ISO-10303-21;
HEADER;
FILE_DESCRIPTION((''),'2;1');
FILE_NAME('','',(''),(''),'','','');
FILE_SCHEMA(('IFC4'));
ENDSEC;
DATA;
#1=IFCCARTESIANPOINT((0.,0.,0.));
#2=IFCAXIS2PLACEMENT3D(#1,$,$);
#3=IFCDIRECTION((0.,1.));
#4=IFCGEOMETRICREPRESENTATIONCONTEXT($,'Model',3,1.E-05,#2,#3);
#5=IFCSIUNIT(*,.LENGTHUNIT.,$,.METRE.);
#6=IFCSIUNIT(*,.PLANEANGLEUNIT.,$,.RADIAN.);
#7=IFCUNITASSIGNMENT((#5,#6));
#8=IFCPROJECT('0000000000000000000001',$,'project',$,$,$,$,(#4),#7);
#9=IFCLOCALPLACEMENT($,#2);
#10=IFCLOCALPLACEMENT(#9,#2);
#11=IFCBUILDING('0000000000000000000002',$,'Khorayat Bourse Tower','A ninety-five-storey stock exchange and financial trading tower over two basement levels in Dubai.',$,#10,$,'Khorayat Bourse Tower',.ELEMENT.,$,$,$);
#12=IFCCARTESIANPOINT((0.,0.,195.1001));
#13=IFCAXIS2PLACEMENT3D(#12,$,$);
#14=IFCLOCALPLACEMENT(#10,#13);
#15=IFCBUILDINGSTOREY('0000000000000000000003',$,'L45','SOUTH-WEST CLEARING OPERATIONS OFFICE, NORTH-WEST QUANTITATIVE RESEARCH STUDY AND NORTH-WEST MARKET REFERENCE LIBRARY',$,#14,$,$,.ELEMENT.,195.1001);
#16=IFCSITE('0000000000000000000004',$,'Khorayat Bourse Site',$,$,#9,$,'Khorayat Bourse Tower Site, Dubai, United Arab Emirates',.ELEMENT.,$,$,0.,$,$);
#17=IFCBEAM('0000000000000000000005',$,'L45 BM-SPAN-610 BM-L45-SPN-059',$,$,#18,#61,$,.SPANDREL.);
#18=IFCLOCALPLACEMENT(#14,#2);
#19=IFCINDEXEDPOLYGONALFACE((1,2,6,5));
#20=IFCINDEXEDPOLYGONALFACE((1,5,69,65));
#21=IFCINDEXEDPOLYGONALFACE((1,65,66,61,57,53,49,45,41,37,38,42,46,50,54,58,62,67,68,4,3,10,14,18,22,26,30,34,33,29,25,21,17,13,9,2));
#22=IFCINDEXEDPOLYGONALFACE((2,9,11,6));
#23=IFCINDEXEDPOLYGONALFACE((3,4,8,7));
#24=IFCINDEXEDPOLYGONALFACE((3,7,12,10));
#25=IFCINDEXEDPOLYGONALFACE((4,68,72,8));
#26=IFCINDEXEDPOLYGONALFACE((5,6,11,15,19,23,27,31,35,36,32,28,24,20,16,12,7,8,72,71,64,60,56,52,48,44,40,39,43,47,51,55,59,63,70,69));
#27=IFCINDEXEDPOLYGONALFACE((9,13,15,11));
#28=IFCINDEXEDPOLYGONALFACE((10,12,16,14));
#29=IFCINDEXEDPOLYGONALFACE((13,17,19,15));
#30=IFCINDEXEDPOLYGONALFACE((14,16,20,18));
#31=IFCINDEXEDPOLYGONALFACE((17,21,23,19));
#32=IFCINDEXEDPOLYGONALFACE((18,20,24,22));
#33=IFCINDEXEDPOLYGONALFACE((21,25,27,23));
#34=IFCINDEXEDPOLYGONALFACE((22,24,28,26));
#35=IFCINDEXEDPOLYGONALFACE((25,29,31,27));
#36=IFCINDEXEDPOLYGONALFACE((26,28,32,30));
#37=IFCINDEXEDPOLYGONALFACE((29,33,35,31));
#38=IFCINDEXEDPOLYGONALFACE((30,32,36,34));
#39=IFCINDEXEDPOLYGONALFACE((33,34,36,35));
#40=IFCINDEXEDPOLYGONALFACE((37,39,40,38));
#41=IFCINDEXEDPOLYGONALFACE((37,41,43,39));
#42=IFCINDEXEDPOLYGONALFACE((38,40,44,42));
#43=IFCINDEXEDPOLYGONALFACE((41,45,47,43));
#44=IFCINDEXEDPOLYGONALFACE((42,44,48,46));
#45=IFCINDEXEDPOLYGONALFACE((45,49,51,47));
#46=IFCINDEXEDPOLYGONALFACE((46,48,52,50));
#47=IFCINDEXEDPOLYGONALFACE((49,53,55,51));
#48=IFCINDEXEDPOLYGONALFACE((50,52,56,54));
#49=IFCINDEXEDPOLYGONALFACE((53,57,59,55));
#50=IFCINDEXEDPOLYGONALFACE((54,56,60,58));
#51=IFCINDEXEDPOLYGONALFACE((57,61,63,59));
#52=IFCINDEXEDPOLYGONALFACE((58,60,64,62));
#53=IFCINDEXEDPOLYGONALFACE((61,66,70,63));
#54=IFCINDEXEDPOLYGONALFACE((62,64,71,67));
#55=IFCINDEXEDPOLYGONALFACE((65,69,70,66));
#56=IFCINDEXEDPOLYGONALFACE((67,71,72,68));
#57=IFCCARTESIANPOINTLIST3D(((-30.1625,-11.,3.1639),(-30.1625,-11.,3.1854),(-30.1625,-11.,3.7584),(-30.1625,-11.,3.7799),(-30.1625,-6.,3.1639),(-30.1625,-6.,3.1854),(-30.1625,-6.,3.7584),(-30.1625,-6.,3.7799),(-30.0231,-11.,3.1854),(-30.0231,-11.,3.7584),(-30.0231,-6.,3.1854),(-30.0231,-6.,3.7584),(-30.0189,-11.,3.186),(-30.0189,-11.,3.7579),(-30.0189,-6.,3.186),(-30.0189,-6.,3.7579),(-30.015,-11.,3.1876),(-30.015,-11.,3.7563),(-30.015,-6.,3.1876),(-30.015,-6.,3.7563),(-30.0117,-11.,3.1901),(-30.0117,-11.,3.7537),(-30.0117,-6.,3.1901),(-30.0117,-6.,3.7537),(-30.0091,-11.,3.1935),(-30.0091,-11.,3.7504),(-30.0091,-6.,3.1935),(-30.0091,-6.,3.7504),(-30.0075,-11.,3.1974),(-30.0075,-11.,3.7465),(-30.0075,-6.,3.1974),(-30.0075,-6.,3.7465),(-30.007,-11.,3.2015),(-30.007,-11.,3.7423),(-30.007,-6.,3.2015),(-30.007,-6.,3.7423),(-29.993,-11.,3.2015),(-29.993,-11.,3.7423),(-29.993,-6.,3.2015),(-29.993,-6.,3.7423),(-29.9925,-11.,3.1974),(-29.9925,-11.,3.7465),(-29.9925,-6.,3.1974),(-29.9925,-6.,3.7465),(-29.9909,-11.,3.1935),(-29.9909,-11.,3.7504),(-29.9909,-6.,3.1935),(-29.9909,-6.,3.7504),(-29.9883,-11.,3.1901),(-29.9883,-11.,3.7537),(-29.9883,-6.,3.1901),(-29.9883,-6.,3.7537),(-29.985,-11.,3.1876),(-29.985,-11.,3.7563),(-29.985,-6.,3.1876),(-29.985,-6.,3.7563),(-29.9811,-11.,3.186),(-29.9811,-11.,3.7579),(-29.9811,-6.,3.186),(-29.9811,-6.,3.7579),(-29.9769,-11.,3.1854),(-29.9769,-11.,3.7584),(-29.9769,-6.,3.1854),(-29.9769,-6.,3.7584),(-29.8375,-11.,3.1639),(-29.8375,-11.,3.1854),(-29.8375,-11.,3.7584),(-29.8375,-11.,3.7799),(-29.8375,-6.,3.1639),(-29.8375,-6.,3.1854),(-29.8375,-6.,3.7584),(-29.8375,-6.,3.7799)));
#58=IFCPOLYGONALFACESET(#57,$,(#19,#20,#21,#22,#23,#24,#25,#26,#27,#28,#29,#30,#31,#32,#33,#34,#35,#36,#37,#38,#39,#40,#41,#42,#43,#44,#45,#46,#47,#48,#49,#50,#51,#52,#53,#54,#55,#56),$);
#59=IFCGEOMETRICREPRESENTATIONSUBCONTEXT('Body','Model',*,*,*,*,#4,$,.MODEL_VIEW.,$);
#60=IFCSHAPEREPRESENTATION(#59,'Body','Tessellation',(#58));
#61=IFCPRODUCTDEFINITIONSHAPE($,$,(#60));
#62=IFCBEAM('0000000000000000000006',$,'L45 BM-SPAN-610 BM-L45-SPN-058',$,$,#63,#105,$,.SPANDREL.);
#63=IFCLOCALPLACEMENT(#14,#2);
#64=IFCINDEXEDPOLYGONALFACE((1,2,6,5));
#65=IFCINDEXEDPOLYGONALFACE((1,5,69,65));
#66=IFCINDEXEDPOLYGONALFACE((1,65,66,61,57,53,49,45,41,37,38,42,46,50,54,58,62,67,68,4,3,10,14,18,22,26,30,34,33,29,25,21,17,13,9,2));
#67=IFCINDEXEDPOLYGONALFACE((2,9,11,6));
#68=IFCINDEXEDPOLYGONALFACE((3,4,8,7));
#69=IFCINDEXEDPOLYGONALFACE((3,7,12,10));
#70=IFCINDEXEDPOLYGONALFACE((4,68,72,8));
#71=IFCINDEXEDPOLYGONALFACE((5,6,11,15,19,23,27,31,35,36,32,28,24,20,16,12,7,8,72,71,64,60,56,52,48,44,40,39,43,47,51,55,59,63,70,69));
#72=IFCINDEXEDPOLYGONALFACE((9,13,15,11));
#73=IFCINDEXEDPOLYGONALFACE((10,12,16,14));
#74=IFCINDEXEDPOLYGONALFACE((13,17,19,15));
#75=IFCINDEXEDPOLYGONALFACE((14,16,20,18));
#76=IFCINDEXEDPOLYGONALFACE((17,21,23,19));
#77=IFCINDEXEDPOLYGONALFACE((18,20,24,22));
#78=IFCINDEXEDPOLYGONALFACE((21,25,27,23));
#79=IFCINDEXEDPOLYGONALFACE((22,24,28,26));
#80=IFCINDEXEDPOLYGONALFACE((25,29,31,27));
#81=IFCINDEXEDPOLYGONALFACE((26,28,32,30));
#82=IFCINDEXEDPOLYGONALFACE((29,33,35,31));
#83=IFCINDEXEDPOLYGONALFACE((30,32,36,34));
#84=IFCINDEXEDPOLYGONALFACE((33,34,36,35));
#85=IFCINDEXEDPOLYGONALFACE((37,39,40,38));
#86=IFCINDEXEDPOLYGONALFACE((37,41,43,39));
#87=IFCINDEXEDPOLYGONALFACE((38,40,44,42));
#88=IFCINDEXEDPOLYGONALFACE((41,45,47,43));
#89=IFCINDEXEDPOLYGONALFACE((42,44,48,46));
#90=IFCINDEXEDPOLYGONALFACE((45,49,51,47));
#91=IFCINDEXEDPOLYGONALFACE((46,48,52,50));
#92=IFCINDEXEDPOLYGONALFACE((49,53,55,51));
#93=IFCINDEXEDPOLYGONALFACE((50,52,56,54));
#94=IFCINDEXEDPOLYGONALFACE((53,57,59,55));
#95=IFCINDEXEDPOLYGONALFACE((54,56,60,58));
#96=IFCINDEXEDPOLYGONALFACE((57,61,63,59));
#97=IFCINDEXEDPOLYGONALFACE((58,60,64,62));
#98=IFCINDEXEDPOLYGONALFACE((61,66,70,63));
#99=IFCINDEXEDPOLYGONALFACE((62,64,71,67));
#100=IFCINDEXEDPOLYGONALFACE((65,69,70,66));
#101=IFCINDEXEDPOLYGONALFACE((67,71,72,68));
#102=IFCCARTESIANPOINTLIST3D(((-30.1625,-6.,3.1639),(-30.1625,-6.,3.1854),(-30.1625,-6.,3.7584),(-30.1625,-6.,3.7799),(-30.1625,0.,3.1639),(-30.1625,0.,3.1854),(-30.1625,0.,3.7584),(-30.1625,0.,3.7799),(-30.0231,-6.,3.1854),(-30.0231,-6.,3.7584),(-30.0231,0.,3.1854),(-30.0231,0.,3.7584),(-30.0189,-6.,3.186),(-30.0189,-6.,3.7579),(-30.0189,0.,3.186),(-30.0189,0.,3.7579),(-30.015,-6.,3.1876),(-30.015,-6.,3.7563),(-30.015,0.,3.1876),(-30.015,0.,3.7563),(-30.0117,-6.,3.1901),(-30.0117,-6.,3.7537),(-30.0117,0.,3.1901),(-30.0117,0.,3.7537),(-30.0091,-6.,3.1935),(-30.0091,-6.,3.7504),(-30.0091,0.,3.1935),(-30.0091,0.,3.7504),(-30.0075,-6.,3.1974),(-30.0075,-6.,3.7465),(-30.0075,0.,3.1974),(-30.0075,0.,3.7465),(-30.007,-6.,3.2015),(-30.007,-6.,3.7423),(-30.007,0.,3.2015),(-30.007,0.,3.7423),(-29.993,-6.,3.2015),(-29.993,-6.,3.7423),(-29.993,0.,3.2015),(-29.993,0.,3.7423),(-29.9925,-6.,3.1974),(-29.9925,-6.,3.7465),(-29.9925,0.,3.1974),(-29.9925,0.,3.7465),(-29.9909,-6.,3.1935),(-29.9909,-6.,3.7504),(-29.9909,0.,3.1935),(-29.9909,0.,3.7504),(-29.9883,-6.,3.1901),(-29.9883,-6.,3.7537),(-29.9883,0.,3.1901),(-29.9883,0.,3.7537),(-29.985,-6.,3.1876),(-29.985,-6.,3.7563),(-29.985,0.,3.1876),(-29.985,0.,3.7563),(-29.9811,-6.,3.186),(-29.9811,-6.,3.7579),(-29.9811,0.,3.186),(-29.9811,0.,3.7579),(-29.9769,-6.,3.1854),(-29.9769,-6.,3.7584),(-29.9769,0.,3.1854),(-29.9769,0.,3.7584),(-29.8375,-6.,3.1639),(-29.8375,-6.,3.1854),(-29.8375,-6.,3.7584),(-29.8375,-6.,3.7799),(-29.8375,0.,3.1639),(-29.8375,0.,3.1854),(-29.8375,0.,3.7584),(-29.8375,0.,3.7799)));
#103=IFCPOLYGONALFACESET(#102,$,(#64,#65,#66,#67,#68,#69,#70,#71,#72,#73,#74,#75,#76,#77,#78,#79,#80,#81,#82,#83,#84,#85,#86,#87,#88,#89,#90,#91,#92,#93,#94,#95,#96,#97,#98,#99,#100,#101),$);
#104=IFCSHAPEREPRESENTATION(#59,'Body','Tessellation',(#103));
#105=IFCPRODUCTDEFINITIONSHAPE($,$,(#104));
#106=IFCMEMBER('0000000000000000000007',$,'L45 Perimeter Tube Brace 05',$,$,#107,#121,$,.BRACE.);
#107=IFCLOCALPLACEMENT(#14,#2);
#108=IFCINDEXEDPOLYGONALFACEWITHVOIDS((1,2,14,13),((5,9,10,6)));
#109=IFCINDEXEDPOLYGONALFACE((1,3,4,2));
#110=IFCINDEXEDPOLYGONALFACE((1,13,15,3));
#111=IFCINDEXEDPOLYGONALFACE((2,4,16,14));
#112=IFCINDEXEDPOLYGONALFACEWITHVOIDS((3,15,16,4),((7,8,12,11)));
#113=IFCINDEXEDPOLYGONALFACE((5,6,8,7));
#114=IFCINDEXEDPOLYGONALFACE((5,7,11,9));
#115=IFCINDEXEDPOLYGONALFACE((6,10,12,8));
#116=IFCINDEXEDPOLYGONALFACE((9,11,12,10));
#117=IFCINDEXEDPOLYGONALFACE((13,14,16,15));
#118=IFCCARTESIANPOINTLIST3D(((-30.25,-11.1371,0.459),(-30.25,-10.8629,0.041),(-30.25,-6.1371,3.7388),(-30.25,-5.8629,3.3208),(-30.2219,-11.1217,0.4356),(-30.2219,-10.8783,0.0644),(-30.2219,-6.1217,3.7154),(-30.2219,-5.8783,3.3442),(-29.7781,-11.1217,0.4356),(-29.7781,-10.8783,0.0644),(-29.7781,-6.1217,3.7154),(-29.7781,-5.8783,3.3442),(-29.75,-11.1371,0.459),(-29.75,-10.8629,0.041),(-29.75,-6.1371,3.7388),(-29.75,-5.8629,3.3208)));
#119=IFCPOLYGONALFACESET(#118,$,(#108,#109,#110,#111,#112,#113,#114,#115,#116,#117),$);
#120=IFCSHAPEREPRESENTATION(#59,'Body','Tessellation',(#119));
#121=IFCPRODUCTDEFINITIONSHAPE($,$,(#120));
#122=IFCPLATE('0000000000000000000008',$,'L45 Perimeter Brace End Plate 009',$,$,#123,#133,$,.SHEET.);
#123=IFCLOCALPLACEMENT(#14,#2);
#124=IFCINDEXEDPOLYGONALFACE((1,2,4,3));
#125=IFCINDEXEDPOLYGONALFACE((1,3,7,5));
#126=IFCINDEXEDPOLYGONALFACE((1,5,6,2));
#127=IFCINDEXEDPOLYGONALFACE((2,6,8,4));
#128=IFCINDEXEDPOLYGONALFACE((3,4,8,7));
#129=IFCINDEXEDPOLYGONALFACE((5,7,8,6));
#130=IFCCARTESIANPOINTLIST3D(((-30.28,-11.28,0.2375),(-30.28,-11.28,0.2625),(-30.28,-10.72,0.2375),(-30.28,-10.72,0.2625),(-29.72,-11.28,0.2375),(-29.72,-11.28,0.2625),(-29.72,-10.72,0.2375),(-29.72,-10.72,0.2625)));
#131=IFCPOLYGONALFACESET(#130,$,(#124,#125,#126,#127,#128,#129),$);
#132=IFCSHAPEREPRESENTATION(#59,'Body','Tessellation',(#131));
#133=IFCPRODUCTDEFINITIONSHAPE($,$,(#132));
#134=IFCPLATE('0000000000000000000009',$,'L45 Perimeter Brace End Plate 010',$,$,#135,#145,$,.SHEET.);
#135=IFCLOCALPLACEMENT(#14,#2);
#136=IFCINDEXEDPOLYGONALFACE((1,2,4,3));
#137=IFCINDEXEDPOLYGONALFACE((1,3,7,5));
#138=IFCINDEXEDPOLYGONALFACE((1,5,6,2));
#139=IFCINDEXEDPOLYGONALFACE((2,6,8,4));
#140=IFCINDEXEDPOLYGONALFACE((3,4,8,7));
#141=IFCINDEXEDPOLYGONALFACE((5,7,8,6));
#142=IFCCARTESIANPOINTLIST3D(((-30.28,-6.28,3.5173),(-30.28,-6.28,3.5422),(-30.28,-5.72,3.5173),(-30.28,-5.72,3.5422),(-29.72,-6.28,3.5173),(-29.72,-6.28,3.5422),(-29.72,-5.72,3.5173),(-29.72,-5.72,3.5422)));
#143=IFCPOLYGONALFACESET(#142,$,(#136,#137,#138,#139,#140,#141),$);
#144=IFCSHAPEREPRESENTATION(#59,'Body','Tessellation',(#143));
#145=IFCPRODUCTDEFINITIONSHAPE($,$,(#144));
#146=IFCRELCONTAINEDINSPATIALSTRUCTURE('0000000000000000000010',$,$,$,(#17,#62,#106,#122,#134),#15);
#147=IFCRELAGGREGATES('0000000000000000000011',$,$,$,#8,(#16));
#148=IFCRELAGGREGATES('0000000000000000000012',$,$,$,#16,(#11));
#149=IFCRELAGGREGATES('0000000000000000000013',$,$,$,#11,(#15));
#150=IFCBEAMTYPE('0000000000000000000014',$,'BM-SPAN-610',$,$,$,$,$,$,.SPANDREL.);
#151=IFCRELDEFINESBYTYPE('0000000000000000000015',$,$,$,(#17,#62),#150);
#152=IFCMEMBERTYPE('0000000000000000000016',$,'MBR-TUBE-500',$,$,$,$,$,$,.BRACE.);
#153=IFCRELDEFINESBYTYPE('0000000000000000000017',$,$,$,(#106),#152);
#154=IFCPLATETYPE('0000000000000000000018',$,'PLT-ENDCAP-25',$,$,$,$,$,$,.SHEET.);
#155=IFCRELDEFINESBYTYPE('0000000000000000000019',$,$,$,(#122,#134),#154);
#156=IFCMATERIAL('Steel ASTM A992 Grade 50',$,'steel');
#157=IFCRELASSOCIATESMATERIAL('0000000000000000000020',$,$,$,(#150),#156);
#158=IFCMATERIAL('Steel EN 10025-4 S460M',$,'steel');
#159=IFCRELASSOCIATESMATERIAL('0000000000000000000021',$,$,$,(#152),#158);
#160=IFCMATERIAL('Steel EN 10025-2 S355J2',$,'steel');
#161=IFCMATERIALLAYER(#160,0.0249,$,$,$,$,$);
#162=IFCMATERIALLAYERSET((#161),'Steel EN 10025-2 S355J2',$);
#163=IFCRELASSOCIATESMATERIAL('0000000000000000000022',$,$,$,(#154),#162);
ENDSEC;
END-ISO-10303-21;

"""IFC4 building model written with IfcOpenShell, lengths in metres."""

from ifc_helpers import new_model, si_unit, direction, frame, origin, origin_2d, place, context, subcontext, project, spatial, rectangle, hollow_rectangle, i_section, extrude, source, transform, mapped, material, layer, layer_set, material_profile, profile_set, type_object, element, save


model = new_model("IFC4")

# Units and contexts
model_context = context("Model", 3, precision=1e-05, world=origin(), true_north=direction((0.0, 1.0)))
body_context = subcontext(model_context, "Body", "Model", "MODEL_VIEW")
ifc_project = project(units=[si_unit("LENGTHUNIT", "METRE"), si_unit("PLANEANGLEUNIT", "RADIAN")], contexts=[model_context])

# Site, building, storey
site_placement = place(None, origin())
site = spatial("IfcSite", under=ifc_project, at=site_placement, Name="Khorayat Bourse Site", LongName="Khorayat Bourse Tower Site, Dubai, United Arab Emirates", CompositionType="ELEMENT", RefElevation=0.0)
building_placement = place(site_placement, origin())
building = spatial("IfcBuilding", under=site, at=building_placement, Name="Khorayat Bourse Tower", Description="A ninety-five-storey stock exchange and financial trading tower over two basement levels in Dubai.", LongName="Khorayat Bourse Tower", CompositionType="ELEMENT")
storey_placement = place(building_placement, frame((0.0, 0.0, 195.1001)))
storey = spatial("IfcBuildingStorey", under=building, at=storey_placement, Name="L45", Description="SOUTH-WEST CLEARING OPERATIONS OFFICE, NORTH-WEST QUANTITATIVE RESEARCH STUDY AND NORTH-WEST MARKET REFERENCE LIBRARY", CompositionType="ELEMENT", Elevation=195.1001)

# Shared definitions
ifc_material_1 = material(Name="Steel EN 10025-4 S460M", Category="steel")

# Beams
ifc_material_2 = material(Name="Steel ASTM A992 Grade 50", Category="steel")
ifc_material_profile_1 = material_profile(ifc_material_2, i_section(OverallWidth=0.325, OverallDepth=0.616, WebThickness=0.0139, FlangeThickness=0.0215, FilletRadius=0.0161, at=origin_2d()), Name="W610X174")
ifc_profile_set_1 = profile_set([ifc_material_profile_1], Name="Steel ASTM A992 Grade 50")
beam_type_1 = type_object("IfcBeamType", Name="BM-SPAN-610", PredefinedType="SPANDREL", material=ifc_profile_set_1)
shared_shape_1 = source(origin(), body_context, "Body", "SweptSolid", [
    extrude(i_section(OverallWidth=0.325, OverallDepth=0.616, WebThickness=0.0139, FlangeThickness=0.0215, FilletRadius=0.0161, at=origin_2d()), origin(), (0.0, 0.0, 1.0), 5.0),
])
beam_1_placement = place(storey_placement, frame((-30.0, -11.0, 3.4719), z_axis=(0.0, 1.0, 0.0), x_axis=(-1.0, 0.0, 0.0)))
element("IfcBeam", 1, at=beam_1_placement, inside=storey, type_object=beam_type_1, Name="L45 BM-SPAN-610 BM-L45-SPN-059", PredefinedType="SPANDREL", context=body_context, shape_type="MappedRepresentation", body=[
    mapped(shared_shape_1, transform((0.0, 0.0, 0.0), scale=1.0)),
])
shared_shape_2 = source(origin(), body_context, "Body", "SweptSolid", [
    extrude(i_section(OverallWidth=0.325, OverallDepth=0.616, WebThickness=0.0139, FlangeThickness=0.0215, FilletRadius=0.0161, at=origin_2d()), origin(), (0.0, 0.0, 1.0), 6.0),
])
beam_2_placement = place(storey_placement, frame((-30.0, -6.0, 3.4719), z_axis=(0.0, 1.0, 0.0), x_axis=(-1.0, 0.0, 0.0)))
element("IfcBeam", 2, at=beam_2_placement, inside=storey, type_object=beam_type_1, Name="L45 BM-SPAN-610 BM-L45-SPN-058", PredefinedType="SPANDREL", context=body_context, shape_type="MappedRepresentation", body=[
    mapped(shared_shape_2, transform((0.0, 0.0, 0.0), scale=1.0)),
])

# Member
ifc_material_profile_2 = material_profile(ifc_material_1, hollow_rectangle(XDim=0.5, YDim=0.5, WallThickness=0.0281, at=origin_2d()), Name="HSS 500x500x28")
ifc_profile_set_2 = profile_set([ifc_material_profile_2], Name="Steel EN 10025-4 S460M")
member_type = type_object("IfcMemberType", Name="MBR-TUBE-500", PredefinedType="BRACE", material=ifc_profile_set_2)
shared_shape_3 = source(origin(), body_context, "Body", "SweptSolid", [
    extrude(hollow_rectangle(XDim=0.5, YDim=0.5, WallThickness=0.0281, at=origin_2d()), origin(), (0.0, 0.0, 1.0), 5.9797),
])
member_placement = place(storey_placement, frame((-30.0, -11.0, 0.25), z_axis=(0.0, 0.83616, 0.548485), x_axis=(-1.0, 0.0, 0.0)))
element("IfcMember", 3, at=member_placement, inside=storey, type_object=member_type, Name="L45 Perimeter Tube Brace 05", PredefinedType="BRACE", context=body_context, shape_type="MappedRepresentation", body=[
    mapped(shared_shape_3, transform((0.0, 0.0, 0.0), scale=1.0)),
])

# Plates
ifc_material_3 = material(Name="Steel EN 10025-2 S355J2", Category="steel")
ifc_layer_1 = layer(ifc_material_3, 0.0249)
ifc_layer_set_1 = layer_set([ifc_layer_1], Name="Steel EN 10025-2 S355J2")
plate_type = type_object("IfcPlateType", Name="PLT-ENDCAP-25", PredefinedType="SHEET", material=ifc_layer_set_1)
shared_shape_4 = source(origin(), body_context, "Body", "SweptSolid", [
    extrude(rectangle(XDim=0.5601, YDim=0.5601, at=origin_2d()), origin(), (0.0, 0.0, 1.0), 0.0249),
])
for number, where, z_axis, x_axis, name in (
    (4, (-30.0, -11.0, 0.2375), (0.0, 0.0, 1.0), (1.0, 0.0, 0.0), "L45 Perimeter Brace End Plate 009"),
    (5, (-30.0, -6.0, 3.5173), (0.0, 0.0, 1.0), (1.0, 0.0, 0.0), "L45 Perimeter Brace End Plate 010"),
):
    element("IfcPlate", number, at=place(storey_placement, frame(where, z_axis=z_axis, x_axis=x_axis)), inside=storey, type_object=plate_type, Name=name, PredefinedType="SHEET", context=body_context, shape_type="MappedRepresentation", body=[
        mapped(shared_shape_4, transform((0.0, 0.0, 0.0), scale=1.0)),
    ])

save(model, "model.ifc")
